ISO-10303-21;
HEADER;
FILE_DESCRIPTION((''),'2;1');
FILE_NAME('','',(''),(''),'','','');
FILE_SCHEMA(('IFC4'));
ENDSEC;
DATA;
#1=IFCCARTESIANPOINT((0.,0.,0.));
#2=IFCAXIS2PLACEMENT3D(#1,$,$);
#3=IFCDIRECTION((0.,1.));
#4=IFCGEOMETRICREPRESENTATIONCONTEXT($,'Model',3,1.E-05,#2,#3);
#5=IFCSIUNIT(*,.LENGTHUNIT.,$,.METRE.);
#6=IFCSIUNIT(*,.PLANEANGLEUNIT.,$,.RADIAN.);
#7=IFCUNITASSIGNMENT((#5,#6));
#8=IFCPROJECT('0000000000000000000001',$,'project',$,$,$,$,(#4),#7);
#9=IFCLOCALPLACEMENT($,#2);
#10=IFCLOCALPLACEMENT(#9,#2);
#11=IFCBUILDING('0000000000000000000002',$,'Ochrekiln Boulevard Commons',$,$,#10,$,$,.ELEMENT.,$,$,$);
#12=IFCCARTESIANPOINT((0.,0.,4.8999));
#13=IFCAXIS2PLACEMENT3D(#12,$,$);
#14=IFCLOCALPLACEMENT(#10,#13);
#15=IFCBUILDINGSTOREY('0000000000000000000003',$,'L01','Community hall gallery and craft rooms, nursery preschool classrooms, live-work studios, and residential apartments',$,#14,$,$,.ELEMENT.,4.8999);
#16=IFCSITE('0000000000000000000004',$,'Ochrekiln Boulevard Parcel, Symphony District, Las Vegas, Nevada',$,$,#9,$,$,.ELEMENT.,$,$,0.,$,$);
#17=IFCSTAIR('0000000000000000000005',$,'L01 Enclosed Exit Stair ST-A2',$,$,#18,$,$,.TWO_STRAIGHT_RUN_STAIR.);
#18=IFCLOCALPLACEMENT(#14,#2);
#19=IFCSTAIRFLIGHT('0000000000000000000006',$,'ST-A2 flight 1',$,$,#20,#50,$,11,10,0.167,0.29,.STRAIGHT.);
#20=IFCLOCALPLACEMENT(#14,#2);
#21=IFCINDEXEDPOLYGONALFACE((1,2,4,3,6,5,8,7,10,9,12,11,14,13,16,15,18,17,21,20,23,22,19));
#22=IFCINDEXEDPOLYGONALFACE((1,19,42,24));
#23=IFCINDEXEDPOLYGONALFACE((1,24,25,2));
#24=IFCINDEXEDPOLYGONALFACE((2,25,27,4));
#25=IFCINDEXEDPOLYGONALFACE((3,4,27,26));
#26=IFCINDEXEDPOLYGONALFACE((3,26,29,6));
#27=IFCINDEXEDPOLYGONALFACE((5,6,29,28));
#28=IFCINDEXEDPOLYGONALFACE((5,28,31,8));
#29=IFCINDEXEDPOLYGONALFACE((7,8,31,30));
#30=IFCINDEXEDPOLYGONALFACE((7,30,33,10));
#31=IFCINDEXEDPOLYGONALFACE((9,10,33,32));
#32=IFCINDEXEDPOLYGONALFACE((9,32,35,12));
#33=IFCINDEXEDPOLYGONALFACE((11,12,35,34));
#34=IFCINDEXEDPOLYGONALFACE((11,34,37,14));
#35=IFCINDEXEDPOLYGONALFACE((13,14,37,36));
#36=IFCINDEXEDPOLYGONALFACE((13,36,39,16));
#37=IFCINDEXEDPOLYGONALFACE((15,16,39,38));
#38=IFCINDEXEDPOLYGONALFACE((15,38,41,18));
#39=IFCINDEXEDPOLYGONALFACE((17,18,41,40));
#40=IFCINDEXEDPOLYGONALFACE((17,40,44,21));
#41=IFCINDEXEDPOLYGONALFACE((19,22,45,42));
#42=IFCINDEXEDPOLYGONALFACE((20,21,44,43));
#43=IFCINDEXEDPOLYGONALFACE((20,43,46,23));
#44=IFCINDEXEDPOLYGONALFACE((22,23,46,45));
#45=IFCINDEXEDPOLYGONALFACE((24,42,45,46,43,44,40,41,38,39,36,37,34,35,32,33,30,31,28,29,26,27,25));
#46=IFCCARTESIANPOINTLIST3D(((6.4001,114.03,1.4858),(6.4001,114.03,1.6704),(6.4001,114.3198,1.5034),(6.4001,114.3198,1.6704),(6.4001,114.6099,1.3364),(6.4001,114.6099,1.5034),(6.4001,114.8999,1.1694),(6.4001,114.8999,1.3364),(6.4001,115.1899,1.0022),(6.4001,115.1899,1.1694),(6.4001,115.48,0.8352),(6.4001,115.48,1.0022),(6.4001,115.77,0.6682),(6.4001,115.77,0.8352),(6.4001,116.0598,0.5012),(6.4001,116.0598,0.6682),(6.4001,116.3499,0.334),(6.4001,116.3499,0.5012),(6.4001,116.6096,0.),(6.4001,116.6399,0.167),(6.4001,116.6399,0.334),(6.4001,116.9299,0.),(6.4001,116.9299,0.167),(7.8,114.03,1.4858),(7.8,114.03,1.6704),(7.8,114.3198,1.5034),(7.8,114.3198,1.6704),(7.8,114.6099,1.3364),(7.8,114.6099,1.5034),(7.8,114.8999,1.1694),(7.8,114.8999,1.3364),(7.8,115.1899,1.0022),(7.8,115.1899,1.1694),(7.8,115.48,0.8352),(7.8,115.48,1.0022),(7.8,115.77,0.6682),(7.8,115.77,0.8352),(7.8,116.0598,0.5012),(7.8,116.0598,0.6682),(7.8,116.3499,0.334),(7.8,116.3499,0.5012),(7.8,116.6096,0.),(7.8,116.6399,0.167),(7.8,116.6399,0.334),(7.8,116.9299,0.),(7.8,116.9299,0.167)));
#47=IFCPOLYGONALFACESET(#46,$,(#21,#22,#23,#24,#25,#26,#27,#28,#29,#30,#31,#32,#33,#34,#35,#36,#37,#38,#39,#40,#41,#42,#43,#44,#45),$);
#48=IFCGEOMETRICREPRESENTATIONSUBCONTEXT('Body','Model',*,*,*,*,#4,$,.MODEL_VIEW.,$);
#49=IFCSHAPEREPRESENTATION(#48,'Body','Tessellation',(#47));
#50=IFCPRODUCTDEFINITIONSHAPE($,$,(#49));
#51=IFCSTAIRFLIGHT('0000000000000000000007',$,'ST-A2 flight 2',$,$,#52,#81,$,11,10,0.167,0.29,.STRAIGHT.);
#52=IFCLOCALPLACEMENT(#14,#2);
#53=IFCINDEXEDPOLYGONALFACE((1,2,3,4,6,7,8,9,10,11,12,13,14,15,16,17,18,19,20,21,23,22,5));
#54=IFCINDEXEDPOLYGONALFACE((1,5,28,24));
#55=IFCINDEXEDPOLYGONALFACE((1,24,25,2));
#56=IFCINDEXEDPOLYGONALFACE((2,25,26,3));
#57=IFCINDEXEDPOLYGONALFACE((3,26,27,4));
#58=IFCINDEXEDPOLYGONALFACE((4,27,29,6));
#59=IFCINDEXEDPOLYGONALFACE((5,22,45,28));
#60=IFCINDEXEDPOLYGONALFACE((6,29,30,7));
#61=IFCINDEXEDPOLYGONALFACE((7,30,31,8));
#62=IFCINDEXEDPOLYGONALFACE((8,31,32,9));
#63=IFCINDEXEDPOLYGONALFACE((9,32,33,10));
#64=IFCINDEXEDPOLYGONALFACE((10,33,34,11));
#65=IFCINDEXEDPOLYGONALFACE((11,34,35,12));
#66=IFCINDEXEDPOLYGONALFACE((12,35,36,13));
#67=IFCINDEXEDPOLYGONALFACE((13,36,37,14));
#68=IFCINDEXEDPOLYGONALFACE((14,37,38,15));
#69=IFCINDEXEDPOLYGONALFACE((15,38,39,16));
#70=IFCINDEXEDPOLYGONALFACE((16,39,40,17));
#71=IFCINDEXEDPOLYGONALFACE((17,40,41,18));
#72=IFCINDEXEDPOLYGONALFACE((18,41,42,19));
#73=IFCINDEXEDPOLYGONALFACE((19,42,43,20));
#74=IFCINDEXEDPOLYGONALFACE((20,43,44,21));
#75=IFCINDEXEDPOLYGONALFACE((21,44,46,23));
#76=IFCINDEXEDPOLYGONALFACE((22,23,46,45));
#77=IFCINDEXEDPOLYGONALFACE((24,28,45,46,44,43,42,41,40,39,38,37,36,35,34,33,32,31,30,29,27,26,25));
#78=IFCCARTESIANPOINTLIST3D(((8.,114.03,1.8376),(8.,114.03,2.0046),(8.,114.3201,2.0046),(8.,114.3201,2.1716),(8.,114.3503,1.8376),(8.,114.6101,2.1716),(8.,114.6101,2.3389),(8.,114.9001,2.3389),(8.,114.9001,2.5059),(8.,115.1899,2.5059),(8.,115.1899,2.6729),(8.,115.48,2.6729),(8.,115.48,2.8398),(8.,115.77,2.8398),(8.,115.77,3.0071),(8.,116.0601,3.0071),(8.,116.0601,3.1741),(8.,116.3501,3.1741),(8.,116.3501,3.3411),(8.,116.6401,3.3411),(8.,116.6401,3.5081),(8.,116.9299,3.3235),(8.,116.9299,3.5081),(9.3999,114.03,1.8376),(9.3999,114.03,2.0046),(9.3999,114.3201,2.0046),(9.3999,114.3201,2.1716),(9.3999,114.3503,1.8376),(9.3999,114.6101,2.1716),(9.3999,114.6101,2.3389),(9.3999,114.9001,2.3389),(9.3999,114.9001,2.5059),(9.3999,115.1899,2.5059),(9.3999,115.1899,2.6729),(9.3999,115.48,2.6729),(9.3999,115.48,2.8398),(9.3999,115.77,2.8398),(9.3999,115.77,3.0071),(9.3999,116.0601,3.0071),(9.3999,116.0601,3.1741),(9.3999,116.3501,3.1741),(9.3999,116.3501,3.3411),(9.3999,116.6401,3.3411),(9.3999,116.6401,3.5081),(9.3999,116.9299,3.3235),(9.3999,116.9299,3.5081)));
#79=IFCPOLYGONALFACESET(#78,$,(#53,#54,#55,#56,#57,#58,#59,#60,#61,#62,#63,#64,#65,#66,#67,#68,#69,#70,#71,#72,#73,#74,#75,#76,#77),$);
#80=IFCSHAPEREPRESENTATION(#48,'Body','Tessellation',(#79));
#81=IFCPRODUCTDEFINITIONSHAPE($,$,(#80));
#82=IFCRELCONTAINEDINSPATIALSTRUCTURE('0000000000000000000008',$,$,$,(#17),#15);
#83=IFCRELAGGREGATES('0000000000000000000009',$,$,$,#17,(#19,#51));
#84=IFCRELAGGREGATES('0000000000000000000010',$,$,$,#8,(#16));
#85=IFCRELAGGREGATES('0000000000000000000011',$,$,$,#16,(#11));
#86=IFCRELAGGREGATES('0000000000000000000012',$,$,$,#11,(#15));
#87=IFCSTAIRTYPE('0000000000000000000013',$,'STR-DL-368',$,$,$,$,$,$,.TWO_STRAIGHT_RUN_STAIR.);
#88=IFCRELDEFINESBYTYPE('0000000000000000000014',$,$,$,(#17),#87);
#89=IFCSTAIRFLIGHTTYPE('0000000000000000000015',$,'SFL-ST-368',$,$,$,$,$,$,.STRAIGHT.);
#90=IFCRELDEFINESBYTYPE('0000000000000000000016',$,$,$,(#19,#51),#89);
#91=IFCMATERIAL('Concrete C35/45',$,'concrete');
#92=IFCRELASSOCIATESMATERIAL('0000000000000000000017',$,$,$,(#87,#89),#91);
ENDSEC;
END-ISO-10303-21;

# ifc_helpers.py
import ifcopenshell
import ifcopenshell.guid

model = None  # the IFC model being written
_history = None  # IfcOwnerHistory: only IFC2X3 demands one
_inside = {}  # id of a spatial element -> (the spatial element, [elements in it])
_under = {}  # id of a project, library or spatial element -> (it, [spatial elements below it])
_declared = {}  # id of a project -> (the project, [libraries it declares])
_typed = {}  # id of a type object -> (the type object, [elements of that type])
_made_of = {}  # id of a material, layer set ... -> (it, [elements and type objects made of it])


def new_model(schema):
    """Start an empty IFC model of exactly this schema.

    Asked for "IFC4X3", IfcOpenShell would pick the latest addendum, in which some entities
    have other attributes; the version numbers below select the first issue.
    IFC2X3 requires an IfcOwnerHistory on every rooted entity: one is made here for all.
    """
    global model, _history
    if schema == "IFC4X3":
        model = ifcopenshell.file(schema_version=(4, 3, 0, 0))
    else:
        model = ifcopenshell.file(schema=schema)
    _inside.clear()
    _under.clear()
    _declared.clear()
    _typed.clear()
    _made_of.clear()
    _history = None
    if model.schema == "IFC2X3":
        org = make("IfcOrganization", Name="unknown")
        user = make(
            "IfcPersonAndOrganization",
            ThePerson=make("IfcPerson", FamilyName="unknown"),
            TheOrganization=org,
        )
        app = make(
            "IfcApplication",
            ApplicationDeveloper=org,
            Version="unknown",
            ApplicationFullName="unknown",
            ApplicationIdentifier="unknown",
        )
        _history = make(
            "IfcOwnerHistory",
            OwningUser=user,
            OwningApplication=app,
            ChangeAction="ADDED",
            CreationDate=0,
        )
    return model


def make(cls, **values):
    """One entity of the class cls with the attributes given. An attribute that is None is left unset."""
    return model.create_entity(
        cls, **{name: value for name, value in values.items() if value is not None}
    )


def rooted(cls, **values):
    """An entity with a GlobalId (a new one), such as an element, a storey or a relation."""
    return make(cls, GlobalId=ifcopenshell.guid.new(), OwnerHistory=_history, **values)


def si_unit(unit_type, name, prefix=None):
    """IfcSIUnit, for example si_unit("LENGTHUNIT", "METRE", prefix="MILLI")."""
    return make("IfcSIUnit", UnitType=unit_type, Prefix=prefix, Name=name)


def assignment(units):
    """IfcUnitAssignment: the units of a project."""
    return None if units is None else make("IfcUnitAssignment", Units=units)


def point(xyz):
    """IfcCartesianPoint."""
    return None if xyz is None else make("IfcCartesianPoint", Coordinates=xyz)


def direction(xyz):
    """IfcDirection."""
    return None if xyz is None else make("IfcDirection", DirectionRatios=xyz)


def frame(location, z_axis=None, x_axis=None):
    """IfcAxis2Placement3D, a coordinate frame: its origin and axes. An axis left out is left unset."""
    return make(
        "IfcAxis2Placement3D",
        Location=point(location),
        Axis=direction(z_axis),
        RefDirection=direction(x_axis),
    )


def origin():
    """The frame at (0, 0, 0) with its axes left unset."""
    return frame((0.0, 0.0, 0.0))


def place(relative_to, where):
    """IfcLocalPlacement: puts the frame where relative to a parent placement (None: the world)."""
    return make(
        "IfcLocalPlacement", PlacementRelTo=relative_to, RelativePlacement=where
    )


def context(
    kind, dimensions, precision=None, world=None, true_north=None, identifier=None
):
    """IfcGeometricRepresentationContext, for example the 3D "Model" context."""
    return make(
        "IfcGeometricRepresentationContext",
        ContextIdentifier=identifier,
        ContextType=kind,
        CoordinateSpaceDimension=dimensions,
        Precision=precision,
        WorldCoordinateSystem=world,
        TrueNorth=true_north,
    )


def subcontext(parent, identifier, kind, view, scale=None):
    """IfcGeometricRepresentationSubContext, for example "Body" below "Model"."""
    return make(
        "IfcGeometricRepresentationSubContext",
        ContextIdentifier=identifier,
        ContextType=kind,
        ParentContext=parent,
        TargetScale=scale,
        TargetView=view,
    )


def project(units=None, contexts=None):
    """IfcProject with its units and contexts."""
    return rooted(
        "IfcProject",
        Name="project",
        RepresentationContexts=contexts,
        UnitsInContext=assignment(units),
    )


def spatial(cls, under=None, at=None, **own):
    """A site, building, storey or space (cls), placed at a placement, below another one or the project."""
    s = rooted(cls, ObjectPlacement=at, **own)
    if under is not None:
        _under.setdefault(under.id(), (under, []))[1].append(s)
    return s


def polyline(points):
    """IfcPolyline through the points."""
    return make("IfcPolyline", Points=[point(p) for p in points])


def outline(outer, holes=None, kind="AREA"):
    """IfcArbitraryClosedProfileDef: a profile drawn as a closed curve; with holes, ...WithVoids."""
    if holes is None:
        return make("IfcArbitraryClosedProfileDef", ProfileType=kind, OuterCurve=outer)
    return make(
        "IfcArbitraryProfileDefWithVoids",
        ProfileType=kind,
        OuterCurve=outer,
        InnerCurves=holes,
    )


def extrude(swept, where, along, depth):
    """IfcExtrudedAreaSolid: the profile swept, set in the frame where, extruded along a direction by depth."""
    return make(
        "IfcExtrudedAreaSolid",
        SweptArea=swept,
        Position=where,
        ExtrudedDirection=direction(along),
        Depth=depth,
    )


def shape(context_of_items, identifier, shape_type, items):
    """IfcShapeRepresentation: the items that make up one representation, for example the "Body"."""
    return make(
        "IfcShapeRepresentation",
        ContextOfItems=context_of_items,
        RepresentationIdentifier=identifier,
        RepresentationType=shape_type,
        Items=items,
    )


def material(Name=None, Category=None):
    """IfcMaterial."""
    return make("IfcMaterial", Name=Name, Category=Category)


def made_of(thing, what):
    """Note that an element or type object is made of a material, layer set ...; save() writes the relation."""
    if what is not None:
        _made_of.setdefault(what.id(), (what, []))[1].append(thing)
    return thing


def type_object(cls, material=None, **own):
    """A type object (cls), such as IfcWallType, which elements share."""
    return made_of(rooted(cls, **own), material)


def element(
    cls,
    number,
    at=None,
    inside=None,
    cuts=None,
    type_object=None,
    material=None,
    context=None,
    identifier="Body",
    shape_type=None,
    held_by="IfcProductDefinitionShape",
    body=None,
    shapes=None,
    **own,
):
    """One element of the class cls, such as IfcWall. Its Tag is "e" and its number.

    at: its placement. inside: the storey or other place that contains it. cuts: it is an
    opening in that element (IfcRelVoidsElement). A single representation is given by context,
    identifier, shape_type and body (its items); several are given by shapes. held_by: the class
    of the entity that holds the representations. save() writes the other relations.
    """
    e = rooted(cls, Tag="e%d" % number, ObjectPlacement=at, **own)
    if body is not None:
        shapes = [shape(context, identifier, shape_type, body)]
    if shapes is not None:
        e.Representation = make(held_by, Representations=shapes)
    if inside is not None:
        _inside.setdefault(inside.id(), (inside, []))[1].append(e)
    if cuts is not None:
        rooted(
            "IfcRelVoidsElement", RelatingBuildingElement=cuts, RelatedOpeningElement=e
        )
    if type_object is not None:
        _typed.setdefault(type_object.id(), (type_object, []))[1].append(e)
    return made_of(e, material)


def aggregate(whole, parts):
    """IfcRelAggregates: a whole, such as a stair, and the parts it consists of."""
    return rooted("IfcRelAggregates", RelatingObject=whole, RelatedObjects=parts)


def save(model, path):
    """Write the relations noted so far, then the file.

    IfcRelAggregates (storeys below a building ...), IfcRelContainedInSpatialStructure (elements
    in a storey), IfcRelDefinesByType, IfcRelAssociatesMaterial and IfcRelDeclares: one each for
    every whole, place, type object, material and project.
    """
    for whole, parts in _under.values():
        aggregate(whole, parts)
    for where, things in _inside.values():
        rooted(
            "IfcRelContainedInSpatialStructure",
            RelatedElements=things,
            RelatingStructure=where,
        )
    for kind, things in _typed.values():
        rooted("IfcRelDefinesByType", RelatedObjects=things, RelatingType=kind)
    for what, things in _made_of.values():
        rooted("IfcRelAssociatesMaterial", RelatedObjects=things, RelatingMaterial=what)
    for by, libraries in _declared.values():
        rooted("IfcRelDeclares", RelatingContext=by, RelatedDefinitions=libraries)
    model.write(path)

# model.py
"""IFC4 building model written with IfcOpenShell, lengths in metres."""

from ifc_helpers import new_model, si_unit, direction, frame, origin, place, context, subcontext, project, spatial, polyline, outline, extrude, material, type_object, element, aggregate, save


model = new_model("IFC4")

# Units and contexts
model_context = context("Model", 3, precision=1e-05, world=origin(), true_north=direction((0.0, 1.0)))
body_context = subcontext(model_context, "Body", "Model", "MODEL_VIEW")
ifc_project = project(units=[si_unit("LENGTHUNIT", "METRE"), si_unit("PLANEANGLEUNIT", "RADIAN")], contexts=[model_context])

# Site, building, storey
site_placement = place(None, origin())
site = spatial("IfcSite", under=ifc_project, at=site_placement, Name="Ochrekiln Boulevard Parcel, Symphony District, Las Vegas, Nevada", CompositionType="ELEMENT", RefElevation=0.0)
building_placement = place(site_placement, origin())
building = spatial("IfcBuilding", under=site, at=building_placement, Name="Ochrekiln Boulevard Commons", CompositionType="ELEMENT")
storey_placement = place(building_placement, frame((0.0, 0.0, 4.8999)))
storey = spatial("IfcBuildingStorey", under=building, at=storey_placement, Name="L01", Description="Community hall gallery and craft rooms, nursery preschool classrooms, live-work studios, and residential apartments", CompositionType="ELEMENT", Elevation=4.8999)

# Shared definitions
ifc_material_1 = material(Name="Concrete C35/45", Category="concrete")

# Stair, stair flights
stair_type = type_object("IfcStairType", Name="STR-DL-368", PredefinedType="TWO_STRAIGHT_RUN_STAIR", material=ifc_material_1)
stair_placement = place(storey_placement, origin())
stair = element("IfcStair", 1, at=stair_placement, inside=storey, type_object=stair_type, Name="L01 Enclosed Exit Stair ST-A2", PredefinedType="TWO_STRAIGHT_RUN_STAIR")
stair_flight_type = type_object("IfcStairFlightType", Name="SFL-ST-368", PredefinedType="STRAIGHT", material=ifc_material_1)
stair_flight_1_placement = place(storey_placement, frame((7.1001, 116.9299, 0.0), z_axis=(0.0, 0.0, 1.0), x_axis=(0.0, -1.0, 0.0)))
stair_flight_1 = element("IfcStairFlight", 2, at=stair_flight_1_placement, type_object=stair_flight_type, Name="ST-A2 flight 1", NumberOfRisers=11, NumberOfTreads=10, PredefinedType="STRAIGHT", RiserHeight=0.167, TreadLength=0.29, context=body_context, shape_type="SweptSolid", body=[
    extrude(outline(polyline([(0.0, 0.0), (0.0, 0.167), (0.29, 0.167), (0.29, 0.334), (0.5801, 0.334), (0.5801, 0.5012), (0.8701, 0.5012), (0.8701, 0.6682), (1.1599, 0.6682), (1.1599, 0.8352), (1.45, 0.8352), (1.45, 1.0022), (1.74, 1.0022), (1.74, 1.1694), (2.03, 1.1694), (2.03, 1.3364), (2.3201, 1.3364), (2.3201, 1.5034), (2.6101, 1.5034), (2.6101, 1.6704), (2.8999, 1.6704), (2.8999, 1.8374), (2.8999, 1.4858), (0.3203, 0.0), (0.0, 0.0)])), frame((0.0, 0.7, 0.0), z_axis=(0.0, -1.0, 0.0), x_axis=(1.0, 0.0, 0.0)), (0.0, 0.0, 1.0), 1.3999),
])
stair_flight_2_placement = place(storey_placement, frame((8.7, 114.03, 1.8376), z_axis=(0.0, 0.0, 1.0), x_axis=(0.0, 1.0, 0.0)))
stair_flight_2 = element("IfcStairFlight", 3, at=stair_flight_2_placement, type_object=stair_flight_type, Name="ST-A2 flight 2", NumberOfRisers=11, NumberOfTreads=10, PredefinedType="STRAIGHT", RiserHeight=0.167, TreadLength=0.29, context=body_context, shape_type="SweptSolid", body=[
    extrude(outline(polyline([(0.0, 0.0), (0.0, 0.167), (0.29, 0.167), (0.29, 0.334), (0.5801, 0.334), (0.5801, 0.5012), (0.8701, 0.5012), (0.8701, 0.6682), (1.1599, 0.6682), (1.1599, 0.8352), (1.45, 0.8352), (1.45, 1.0022), (1.74, 1.0022), (1.74, 1.1694), (2.03, 1.1694), (2.03, 1.3364), (2.3201, 1.3364), (2.3201, 1.5034), (2.6101, 1.5034), (2.6101, 1.6704), (2.8999, 1.6704), (2.8999, 1.8374), (2.8999, 1.4858), (0.3203, 0.0), (0.0, 0.0)])), frame((0.0, 0.7, 0.0), z_axis=(0.0, -1.0, 0.0), x_axis=(1.0, 0.0, 0.0)), (0.0, 0.0, 1.0), 1.3999),
])
aggregate(stair, [stair_flight_1, stair_flight_2])

save(model, "model.ifc")
